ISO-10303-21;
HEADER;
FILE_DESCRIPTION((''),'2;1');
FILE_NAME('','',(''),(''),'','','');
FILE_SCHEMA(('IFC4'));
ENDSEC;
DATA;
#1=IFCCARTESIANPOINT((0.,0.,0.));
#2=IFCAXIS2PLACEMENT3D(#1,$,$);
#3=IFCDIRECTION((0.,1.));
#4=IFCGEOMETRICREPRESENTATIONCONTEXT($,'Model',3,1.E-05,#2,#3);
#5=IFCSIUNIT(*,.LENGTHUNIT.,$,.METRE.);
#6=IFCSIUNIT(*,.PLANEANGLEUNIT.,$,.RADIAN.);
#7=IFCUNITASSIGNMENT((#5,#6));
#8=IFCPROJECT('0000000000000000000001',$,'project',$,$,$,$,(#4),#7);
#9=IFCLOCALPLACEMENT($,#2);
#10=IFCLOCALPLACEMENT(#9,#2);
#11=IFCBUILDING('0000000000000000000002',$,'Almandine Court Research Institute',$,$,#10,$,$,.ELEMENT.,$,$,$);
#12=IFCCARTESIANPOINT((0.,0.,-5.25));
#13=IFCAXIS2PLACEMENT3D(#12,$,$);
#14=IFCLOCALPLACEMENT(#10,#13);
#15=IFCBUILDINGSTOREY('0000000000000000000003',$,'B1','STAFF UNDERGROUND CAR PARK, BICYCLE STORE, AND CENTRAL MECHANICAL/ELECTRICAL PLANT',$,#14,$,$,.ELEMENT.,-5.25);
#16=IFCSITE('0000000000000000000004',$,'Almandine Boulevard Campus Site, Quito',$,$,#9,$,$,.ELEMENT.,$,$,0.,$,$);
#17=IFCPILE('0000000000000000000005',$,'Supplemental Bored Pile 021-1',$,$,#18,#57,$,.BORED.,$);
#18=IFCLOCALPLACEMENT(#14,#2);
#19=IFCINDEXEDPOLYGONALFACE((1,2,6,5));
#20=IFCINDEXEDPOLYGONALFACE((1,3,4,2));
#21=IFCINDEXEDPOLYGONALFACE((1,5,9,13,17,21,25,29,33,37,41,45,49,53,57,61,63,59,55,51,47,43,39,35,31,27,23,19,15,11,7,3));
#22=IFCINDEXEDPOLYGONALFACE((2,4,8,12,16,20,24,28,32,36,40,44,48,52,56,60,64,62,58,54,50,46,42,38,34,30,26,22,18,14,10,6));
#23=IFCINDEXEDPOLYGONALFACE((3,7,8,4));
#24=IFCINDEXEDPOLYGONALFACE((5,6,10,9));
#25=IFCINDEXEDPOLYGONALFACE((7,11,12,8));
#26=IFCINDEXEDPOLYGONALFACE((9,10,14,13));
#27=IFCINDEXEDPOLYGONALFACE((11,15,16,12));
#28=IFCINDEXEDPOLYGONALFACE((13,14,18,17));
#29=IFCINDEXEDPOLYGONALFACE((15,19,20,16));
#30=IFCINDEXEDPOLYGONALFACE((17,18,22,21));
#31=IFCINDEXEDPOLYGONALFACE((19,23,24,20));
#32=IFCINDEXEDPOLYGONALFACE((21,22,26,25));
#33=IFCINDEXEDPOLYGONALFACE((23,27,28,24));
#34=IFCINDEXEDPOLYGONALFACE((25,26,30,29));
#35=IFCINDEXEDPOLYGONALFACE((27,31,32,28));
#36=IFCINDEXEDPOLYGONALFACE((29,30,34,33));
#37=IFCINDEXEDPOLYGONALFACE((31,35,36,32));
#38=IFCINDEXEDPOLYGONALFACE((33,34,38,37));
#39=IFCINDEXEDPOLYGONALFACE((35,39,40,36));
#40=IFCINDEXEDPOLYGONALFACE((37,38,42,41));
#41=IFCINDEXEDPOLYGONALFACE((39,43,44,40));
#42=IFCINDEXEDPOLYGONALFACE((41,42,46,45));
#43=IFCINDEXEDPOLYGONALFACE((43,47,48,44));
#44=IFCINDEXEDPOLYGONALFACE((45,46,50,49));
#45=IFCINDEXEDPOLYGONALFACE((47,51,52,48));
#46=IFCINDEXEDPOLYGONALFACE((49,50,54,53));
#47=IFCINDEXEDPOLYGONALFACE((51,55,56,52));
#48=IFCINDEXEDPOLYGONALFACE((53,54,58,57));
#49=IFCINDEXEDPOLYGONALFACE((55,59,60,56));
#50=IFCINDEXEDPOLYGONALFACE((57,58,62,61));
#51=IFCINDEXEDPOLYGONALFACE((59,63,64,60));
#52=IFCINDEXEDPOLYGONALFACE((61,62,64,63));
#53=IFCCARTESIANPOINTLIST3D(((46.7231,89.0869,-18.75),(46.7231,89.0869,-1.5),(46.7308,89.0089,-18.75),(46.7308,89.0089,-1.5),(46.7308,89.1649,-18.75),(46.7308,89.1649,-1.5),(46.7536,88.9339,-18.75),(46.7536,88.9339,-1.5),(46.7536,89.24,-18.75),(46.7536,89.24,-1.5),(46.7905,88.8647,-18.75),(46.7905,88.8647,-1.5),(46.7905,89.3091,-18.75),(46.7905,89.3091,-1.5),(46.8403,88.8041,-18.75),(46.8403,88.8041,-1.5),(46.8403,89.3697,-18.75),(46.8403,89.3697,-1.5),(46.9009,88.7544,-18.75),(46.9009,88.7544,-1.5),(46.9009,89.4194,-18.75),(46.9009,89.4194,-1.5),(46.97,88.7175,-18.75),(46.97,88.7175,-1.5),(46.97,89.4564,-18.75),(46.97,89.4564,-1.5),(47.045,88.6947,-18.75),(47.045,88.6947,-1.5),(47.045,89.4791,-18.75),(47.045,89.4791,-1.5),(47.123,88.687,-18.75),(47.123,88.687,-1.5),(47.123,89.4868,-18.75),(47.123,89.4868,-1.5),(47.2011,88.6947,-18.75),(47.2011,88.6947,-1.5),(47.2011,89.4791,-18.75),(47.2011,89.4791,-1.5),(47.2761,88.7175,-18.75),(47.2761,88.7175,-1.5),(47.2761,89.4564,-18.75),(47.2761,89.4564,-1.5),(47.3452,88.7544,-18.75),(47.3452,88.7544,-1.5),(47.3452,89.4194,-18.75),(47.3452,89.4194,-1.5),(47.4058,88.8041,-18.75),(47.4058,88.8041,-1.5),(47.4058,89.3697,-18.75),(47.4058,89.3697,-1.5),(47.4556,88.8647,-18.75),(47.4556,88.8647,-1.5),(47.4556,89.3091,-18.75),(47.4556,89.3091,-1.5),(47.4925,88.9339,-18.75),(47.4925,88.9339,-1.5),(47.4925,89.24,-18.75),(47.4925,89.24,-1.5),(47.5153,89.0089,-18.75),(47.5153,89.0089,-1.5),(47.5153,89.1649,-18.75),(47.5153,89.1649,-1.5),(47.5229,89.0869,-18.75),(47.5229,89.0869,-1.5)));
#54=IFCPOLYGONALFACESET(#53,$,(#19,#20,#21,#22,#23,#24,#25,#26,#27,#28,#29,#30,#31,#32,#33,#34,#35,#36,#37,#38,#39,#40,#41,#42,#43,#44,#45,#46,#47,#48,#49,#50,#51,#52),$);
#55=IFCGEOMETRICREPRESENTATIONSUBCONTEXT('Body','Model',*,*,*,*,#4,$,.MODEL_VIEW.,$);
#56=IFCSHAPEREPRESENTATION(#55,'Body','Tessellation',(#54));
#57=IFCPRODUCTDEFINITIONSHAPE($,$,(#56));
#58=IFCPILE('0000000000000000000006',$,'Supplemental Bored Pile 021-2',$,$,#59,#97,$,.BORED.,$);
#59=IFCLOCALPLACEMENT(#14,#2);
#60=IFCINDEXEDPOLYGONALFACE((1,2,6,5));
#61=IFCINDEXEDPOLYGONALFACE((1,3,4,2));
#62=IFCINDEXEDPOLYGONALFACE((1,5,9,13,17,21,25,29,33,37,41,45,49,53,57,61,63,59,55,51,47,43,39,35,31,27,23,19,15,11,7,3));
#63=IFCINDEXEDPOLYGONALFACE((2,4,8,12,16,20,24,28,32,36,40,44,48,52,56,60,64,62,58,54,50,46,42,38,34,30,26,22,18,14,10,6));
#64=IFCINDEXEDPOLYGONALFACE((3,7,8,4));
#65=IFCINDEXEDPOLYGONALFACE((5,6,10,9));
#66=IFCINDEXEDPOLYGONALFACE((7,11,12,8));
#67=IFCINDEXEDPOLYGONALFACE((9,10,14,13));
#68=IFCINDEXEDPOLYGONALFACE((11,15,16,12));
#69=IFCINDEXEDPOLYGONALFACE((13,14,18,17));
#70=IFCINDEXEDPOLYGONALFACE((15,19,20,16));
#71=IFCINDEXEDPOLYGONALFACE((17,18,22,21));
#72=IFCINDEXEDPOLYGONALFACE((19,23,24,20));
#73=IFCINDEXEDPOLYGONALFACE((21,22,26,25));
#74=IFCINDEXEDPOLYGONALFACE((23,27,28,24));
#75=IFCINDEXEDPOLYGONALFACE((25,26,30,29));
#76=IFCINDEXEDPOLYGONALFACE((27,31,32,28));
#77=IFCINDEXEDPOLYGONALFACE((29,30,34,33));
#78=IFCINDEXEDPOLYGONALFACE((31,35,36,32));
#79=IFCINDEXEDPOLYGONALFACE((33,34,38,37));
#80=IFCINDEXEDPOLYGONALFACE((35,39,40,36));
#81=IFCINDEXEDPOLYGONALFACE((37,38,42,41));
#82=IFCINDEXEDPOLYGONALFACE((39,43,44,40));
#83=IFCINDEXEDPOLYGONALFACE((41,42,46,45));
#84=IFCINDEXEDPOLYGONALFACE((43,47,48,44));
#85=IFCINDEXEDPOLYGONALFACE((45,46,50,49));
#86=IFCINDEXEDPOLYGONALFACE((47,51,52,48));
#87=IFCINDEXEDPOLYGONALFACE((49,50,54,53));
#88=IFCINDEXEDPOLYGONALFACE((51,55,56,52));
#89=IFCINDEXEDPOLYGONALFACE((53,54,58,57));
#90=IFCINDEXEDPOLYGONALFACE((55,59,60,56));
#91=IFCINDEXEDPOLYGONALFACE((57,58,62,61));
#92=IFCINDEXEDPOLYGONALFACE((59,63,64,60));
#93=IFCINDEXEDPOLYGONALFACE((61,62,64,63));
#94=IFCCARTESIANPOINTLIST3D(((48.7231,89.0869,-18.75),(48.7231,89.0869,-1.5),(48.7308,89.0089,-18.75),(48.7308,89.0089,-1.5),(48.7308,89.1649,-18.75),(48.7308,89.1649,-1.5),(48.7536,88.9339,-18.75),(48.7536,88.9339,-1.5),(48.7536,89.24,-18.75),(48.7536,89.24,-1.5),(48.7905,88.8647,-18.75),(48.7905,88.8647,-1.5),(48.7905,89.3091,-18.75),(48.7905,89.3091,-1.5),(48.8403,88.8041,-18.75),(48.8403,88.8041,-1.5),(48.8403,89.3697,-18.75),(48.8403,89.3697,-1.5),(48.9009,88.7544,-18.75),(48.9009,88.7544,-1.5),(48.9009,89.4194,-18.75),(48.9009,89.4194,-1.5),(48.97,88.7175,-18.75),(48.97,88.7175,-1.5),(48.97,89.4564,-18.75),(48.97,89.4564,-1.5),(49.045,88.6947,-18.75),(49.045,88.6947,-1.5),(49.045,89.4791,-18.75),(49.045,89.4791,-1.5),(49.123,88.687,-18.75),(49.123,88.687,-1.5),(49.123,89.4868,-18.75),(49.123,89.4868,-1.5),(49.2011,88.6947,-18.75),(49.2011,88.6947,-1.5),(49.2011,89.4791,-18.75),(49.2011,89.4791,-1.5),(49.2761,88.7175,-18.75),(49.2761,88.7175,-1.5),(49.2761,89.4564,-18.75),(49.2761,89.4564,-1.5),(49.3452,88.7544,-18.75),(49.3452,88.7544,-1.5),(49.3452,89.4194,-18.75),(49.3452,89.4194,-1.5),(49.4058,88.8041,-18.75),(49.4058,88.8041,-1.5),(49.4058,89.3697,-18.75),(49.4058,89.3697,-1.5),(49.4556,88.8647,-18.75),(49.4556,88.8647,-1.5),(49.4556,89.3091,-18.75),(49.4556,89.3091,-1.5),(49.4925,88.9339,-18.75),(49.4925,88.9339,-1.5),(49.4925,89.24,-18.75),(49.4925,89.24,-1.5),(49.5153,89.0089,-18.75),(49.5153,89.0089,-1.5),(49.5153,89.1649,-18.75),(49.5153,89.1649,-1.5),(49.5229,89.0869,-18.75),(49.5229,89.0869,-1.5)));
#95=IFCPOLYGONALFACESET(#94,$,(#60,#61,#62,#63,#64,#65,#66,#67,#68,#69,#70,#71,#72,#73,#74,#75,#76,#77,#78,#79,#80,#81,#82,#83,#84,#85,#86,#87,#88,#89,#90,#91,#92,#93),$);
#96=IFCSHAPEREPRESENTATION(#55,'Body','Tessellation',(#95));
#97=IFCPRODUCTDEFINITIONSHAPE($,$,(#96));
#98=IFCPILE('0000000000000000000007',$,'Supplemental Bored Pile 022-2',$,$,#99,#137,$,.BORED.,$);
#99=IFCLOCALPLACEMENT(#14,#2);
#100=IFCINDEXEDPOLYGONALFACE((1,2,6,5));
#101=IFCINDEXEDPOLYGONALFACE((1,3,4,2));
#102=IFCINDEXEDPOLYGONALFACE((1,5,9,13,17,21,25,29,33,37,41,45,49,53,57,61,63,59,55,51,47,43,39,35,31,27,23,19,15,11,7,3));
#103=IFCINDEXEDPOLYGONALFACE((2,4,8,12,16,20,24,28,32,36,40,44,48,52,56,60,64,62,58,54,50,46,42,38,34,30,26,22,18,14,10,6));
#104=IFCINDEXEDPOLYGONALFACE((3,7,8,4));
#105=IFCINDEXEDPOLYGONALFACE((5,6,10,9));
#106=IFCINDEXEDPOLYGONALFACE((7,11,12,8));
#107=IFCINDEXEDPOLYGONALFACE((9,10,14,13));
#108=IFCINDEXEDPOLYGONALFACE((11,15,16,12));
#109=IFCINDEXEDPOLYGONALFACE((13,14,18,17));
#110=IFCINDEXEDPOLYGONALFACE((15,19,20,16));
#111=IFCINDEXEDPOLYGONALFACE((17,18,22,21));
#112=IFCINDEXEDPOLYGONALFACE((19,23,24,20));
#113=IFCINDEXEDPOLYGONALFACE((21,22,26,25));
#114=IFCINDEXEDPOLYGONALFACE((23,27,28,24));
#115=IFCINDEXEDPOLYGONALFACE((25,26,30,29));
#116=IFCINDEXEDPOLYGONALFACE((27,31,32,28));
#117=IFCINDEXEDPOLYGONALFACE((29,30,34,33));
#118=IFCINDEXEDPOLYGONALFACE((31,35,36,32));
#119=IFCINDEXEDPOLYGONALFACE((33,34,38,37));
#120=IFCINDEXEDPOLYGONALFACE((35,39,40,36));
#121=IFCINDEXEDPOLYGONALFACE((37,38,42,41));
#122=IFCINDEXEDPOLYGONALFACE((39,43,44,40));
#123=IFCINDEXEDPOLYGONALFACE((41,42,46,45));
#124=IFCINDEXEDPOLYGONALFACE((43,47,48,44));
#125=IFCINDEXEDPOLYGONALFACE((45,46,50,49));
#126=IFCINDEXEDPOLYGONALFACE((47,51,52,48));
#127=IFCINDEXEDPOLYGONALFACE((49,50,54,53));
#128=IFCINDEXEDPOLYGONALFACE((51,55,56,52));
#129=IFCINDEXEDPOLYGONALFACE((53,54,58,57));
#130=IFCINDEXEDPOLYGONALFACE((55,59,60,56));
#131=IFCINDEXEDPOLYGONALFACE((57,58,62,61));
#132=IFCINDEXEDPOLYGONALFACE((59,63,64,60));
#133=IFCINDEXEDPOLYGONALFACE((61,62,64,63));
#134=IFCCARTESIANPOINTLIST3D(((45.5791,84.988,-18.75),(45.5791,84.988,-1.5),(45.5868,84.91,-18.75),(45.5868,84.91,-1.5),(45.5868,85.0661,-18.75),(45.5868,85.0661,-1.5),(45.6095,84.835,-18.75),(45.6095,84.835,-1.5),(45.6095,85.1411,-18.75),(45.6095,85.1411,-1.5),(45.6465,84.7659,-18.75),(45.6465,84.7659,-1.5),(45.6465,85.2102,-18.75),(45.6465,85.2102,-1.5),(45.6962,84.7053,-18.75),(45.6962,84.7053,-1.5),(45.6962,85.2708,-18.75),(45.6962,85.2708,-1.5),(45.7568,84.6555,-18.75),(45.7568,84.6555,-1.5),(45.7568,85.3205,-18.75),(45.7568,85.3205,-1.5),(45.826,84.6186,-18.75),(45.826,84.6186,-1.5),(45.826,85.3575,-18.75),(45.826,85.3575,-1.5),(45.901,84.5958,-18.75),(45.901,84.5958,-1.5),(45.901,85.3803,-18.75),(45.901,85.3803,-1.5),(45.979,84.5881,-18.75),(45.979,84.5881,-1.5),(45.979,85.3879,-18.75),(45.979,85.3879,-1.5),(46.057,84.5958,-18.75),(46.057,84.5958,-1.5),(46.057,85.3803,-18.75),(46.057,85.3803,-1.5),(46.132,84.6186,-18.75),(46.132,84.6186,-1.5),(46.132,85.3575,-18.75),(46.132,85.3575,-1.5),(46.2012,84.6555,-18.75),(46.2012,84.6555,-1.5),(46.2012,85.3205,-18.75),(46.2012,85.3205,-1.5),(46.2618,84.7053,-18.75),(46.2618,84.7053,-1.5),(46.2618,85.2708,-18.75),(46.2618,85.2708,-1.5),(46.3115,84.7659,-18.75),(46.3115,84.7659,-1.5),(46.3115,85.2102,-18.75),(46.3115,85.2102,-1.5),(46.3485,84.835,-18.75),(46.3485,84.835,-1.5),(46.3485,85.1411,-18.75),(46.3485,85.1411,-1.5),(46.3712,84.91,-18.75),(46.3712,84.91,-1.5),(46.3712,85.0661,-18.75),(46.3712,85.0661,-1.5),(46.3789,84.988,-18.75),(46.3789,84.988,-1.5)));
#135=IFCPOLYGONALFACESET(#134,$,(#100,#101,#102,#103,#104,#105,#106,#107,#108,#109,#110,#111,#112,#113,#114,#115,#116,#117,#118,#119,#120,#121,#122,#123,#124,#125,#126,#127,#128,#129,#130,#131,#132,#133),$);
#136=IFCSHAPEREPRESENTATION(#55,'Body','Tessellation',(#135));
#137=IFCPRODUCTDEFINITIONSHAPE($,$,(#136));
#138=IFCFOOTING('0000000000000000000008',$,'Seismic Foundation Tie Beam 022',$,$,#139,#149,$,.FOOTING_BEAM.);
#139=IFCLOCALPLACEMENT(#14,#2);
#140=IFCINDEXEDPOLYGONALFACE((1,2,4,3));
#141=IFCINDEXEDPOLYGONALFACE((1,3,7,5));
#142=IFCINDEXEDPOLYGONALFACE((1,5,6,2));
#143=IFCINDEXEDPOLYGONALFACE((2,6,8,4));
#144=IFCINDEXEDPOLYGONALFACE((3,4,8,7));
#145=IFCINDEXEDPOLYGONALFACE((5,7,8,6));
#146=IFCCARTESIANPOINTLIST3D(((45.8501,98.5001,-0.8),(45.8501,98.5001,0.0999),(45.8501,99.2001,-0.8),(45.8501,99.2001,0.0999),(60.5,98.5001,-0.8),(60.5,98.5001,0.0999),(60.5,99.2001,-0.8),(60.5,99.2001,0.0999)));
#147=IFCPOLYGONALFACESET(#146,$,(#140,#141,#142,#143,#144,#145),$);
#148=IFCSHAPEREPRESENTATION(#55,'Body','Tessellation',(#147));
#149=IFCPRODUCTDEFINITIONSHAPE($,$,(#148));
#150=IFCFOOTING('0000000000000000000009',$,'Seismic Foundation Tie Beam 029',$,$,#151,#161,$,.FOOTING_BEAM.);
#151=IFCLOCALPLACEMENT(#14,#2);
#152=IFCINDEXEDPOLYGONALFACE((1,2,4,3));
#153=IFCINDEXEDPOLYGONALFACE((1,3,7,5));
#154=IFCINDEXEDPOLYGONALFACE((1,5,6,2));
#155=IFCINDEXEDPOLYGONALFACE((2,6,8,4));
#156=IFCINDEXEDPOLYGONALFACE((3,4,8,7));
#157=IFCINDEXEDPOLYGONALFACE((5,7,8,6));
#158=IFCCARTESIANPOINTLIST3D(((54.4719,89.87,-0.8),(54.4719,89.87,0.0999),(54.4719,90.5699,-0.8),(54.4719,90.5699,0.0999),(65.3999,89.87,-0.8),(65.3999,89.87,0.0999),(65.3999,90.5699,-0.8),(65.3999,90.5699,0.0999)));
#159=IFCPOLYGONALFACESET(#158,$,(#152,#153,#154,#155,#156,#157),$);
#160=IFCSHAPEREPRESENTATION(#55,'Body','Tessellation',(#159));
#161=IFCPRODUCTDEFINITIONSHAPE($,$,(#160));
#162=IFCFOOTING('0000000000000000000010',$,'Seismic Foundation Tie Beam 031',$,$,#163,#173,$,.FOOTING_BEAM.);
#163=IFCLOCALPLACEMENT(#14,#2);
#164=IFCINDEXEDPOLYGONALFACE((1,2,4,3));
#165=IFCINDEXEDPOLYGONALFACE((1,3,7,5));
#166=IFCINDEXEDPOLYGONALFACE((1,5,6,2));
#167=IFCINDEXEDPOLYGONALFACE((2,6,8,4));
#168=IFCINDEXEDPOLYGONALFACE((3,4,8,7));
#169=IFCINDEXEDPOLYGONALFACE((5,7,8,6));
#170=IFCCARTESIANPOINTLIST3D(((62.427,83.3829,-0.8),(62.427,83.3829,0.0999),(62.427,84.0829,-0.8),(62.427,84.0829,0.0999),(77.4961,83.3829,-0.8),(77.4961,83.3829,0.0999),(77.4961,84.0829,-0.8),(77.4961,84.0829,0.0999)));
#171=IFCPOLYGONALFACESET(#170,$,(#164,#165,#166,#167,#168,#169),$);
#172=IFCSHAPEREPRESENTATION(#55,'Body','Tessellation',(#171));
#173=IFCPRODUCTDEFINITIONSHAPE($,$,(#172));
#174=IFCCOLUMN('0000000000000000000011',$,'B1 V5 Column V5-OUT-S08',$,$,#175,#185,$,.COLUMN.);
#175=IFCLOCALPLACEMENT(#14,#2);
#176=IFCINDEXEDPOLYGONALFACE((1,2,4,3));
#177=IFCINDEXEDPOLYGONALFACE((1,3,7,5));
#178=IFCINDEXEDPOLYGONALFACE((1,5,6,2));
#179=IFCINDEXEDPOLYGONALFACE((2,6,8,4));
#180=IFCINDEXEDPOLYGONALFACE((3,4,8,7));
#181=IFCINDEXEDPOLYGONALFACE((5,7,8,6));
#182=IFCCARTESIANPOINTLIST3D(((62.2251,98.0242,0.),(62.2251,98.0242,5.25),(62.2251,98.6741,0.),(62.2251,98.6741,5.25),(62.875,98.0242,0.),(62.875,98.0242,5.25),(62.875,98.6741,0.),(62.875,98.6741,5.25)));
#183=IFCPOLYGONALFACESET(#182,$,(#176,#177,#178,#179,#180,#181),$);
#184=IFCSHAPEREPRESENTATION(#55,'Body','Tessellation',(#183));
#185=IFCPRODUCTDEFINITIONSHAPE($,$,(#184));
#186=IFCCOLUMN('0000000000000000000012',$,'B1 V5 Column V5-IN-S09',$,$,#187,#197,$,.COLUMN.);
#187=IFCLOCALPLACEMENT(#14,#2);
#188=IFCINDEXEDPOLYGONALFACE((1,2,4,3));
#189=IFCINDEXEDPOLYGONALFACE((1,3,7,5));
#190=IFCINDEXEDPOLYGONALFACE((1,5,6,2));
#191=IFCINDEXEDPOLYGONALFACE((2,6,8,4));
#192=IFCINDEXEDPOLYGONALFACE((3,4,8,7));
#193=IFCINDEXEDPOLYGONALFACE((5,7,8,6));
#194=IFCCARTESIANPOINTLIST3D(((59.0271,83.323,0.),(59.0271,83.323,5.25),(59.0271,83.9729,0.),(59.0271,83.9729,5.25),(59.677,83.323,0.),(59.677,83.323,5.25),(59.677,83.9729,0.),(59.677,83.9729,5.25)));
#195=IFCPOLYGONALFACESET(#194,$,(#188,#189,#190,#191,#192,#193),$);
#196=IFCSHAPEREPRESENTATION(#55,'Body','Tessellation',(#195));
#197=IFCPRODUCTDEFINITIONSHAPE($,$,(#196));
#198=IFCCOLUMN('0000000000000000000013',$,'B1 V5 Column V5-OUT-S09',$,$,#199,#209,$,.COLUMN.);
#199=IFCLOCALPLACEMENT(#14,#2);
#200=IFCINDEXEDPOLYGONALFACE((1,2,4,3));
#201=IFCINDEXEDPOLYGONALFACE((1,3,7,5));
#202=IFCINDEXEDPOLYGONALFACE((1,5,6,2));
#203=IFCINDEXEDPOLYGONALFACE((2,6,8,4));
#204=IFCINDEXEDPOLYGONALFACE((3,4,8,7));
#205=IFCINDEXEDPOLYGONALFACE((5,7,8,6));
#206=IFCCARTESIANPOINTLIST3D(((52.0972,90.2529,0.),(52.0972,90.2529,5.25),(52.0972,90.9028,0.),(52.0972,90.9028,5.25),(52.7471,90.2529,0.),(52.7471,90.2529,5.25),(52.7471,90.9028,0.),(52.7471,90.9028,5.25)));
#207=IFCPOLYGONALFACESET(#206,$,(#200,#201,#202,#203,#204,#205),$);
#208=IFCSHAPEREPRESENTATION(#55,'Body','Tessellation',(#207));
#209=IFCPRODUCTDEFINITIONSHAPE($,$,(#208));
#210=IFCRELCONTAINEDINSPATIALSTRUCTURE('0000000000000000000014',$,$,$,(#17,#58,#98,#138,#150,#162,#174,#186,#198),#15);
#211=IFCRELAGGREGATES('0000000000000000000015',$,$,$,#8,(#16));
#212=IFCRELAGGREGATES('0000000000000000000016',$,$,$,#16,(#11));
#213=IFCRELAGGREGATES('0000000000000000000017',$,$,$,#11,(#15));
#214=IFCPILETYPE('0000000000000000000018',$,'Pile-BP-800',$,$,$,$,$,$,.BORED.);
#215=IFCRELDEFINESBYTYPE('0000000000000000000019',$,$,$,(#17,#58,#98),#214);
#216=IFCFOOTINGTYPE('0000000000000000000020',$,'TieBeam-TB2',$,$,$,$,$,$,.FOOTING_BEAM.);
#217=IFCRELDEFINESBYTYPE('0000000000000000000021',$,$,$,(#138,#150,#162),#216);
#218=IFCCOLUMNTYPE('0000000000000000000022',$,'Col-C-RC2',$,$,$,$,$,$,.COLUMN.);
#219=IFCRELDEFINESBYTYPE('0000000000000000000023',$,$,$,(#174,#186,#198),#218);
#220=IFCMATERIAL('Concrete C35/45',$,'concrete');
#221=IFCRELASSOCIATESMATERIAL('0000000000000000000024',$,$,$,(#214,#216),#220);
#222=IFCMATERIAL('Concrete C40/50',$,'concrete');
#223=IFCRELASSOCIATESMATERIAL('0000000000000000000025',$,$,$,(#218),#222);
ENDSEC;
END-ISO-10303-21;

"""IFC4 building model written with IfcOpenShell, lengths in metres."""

from ifc_helpers import new_model, si_unit, direction, frame, origin, origin_2d, place, context, subcontext, project, spatial, rectangle, circle, extrude, material, material_profile, profile_set, type_object, element, save


model = new_model("IFC4")

# Units and contexts
model_context = context("Model", 3, precision=1e-05, world=origin(), true_north=direction((0.0, 1.0)))
body_context = subcontext(model_context, "Body", "Model", "MODEL_VIEW")
ifc_project = project(units=[si_unit("LENGTHUNIT", "METRE"), si_unit("PLANEANGLEUNIT", "RADIAN")], contexts=[model_context])

# Site, building, storey
site_placement = place(None, origin())
site = spatial("IfcSite", under=ifc_project, at=site_placement, Name="Almandine Boulevard Campus Site, Quito", CompositionType="ELEMENT", RefElevation=0.0)
building_placement = place(site_placement, origin())
building = spatial("IfcBuilding", under=site, at=building_placement, Name="Almandine Court Research Institute", CompositionType="ELEMENT")
storey_placement = place(building_placement, frame((0.0, 0.0, -5.25)))
storey = spatial("IfcBuildingStorey", under=building, at=storey_placement, Name="B1", Description="STAFF UNDERGROUND CAR PARK, BICYCLE STORE, AND CENTRAL MECHANICAL/ELECTRICAL PLANT", CompositionType="ELEMENT", Elevation=-5.25)

# Shared definitions
ifc_material_1 = material(Name="Concrete C35/45", Category="concrete")

# Piles
ifc_material_profile_1 = material_profile(ifc_material_1, circle(Radius=0.3999, at=origin_2d()), Name="BORED PILE D800")
ifc_profile_set_1 = profile_set([ifc_material_profile_1], Name="Concrete C35/45")
pile_type_1 = type_object("IfcPileType", Name="Pile-BP-800", PredefinedType="BORED", material=ifc_profile_set_1)
for number, where, z_axis, x_axis, name in (
    (1, (47.123, 89.0869, -1.5), (0.0, 0.0, -1.0), (1.0, 0.0, 0.0), "Supplemental Bored Pile 021-1"),
    (2, (49.123, 89.0869, -1.5), (0.0, 0.0, -1.0), (1.0, 0.0, 0.0), "Supplemental Bored Pile 021-2"),
    (3, (45.979, 84.988, -1.5), (0.0, 0.0, -1.0), (1.0, 0.0, 0.0), "Supplemental Bored Pile 022-2"),
):
    element("IfcPile", number, at=place(storey_placement, frame(where, z_axis=z_axis, x_axis=x_axis)), inside=storey, type_object=pile_type_1, Name=name, PredefinedType="BORED", context=body_context, shape_type="SweptSolid", body=[
        extrude(circle(Radius=0.3999, at=origin_2d()), origin(), (0.0, 0.0, 1.0), 17.25),
    ])

# Footings
ifc_material_profile_2 = material_profile(ifc_material_1, rectangle(XDim=0.7, YDim=0.8999, at=origin_2d()), Name="RC TIE 700x900")
ifc_profile_set_2 = profile_set([ifc_material_profile_2], Name="Concrete C35/45")
footing_type_1 = type_object("IfcFootingType", Name="TieBeam-TB2", PredefinedType="FOOTING_BEAM", material=ifc_profile_set_2)
footing_1_placement = place(storey_placement, frame((45.8501, 98.8501, -0.3501), z_axis=(1.0, 0.0, 0.0), x_axis=(0.0, 1.0, 0.0)))
element("IfcFooting", 4, at=footing_1_placement, inside=storey, type_object=footing_type_1, Name="Seismic Foundation Tie Beam 022", PredefinedType="FOOTING_BEAM", context=body_context, shape_type="SweptSolid", body=[
    extrude(rectangle(XDim=0.7, YDim=0.8999, at=origin_2d()), origin(), (0.0, 0.0, 1.0), 14.6499),
])
footing_2_placement = place(storey_placement, frame((54.4719, 90.22, -0.3501), z_axis=(1.0, 0.0, 0.0), x_axis=(0.0, 1.0, 0.0)))
element("IfcFooting", 5, at=footing_2_placement, inside=storey, type_object=footing_type_1, Name="Seismic Foundation Tie Beam 029", PredefinedType="FOOTING_BEAM", context=body_context, shape_type="SweptSolid", body=[
    extrude(rectangle(XDim=0.7, YDim=0.8999, at=origin_2d()), origin(), (0.0, 0.0, 1.0), 10.928),
])
footing_3_placement = place(storey_placement, frame((62.427, 83.7329, -0.3501), z_axis=(1.0, 0.0, 0.0), x_axis=(0.0, 1.0, 0.0)))
element("IfcFooting", 6, at=footing_3_placement, inside=storey, type_object=footing_type_1, Name="Seismic Foundation Tie Beam 031", PredefinedType="FOOTING_BEAM", context=body_context, shape_type="SweptSolid", body=[
    extrude(rectangle(XDim=0.7, YDim=0.8999, at=origin_2d()), origin(), (0.0, 0.0, 1.0), 15.0691),
])

# Columns
ifc_material_2 = material(Name="Concrete C40/50", Category="concrete")
ifc_material_profile_3 = material_profile(ifc_material_2, rectangle(XDim=0.6499, YDim=0.6499, at=origin_2d()), Name="RC 650x650")
ifc_profile_set_3 = profile_set([ifc_material_profile_3], Name="Concrete C40/50")
column_type_1 = type_object("IfcColumnType", Name="Col-C-RC2", PredefinedType="COLUMN", material=ifc_profile_set_3)
for number, where, z_axis, x_axis, name in (
    (7, (62.55, 98.3491, 0.0), (0.0, 0.0, 1.0), (1.0, 0.0, 0.0), "B1 V5 Column V5-OUT-S08"),
    (8, (59.3521, 83.6479, 0.0), (0.0, 0.0, 1.0), (1.0, 0.0, 0.0), "B1 V5 Column V5-IN-S09"),
    (9, (52.4221, 90.5779, 0.0), (0.0, 0.0, 1.0), (1.0, 0.0, 0.0), "B1 V5 Column V5-OUT-S09"),
):
    element("IfcColumn", number, at=place(storey_placement, frame(where, z_axis=z_axis, x_axis=x_axis)), inside=storey, type_object=column_type_1, Name=name, PredefinedType="COLUMN", context=body_context, shape_type="SweptSolid", body=[
        extrude(rectangle(XDim=0.6499, YDim=0.6499, at=origin_2d()), origin(), (0.0, 0.0, 1.0), 5.25),
    ])

save(model, "model.ifc")
